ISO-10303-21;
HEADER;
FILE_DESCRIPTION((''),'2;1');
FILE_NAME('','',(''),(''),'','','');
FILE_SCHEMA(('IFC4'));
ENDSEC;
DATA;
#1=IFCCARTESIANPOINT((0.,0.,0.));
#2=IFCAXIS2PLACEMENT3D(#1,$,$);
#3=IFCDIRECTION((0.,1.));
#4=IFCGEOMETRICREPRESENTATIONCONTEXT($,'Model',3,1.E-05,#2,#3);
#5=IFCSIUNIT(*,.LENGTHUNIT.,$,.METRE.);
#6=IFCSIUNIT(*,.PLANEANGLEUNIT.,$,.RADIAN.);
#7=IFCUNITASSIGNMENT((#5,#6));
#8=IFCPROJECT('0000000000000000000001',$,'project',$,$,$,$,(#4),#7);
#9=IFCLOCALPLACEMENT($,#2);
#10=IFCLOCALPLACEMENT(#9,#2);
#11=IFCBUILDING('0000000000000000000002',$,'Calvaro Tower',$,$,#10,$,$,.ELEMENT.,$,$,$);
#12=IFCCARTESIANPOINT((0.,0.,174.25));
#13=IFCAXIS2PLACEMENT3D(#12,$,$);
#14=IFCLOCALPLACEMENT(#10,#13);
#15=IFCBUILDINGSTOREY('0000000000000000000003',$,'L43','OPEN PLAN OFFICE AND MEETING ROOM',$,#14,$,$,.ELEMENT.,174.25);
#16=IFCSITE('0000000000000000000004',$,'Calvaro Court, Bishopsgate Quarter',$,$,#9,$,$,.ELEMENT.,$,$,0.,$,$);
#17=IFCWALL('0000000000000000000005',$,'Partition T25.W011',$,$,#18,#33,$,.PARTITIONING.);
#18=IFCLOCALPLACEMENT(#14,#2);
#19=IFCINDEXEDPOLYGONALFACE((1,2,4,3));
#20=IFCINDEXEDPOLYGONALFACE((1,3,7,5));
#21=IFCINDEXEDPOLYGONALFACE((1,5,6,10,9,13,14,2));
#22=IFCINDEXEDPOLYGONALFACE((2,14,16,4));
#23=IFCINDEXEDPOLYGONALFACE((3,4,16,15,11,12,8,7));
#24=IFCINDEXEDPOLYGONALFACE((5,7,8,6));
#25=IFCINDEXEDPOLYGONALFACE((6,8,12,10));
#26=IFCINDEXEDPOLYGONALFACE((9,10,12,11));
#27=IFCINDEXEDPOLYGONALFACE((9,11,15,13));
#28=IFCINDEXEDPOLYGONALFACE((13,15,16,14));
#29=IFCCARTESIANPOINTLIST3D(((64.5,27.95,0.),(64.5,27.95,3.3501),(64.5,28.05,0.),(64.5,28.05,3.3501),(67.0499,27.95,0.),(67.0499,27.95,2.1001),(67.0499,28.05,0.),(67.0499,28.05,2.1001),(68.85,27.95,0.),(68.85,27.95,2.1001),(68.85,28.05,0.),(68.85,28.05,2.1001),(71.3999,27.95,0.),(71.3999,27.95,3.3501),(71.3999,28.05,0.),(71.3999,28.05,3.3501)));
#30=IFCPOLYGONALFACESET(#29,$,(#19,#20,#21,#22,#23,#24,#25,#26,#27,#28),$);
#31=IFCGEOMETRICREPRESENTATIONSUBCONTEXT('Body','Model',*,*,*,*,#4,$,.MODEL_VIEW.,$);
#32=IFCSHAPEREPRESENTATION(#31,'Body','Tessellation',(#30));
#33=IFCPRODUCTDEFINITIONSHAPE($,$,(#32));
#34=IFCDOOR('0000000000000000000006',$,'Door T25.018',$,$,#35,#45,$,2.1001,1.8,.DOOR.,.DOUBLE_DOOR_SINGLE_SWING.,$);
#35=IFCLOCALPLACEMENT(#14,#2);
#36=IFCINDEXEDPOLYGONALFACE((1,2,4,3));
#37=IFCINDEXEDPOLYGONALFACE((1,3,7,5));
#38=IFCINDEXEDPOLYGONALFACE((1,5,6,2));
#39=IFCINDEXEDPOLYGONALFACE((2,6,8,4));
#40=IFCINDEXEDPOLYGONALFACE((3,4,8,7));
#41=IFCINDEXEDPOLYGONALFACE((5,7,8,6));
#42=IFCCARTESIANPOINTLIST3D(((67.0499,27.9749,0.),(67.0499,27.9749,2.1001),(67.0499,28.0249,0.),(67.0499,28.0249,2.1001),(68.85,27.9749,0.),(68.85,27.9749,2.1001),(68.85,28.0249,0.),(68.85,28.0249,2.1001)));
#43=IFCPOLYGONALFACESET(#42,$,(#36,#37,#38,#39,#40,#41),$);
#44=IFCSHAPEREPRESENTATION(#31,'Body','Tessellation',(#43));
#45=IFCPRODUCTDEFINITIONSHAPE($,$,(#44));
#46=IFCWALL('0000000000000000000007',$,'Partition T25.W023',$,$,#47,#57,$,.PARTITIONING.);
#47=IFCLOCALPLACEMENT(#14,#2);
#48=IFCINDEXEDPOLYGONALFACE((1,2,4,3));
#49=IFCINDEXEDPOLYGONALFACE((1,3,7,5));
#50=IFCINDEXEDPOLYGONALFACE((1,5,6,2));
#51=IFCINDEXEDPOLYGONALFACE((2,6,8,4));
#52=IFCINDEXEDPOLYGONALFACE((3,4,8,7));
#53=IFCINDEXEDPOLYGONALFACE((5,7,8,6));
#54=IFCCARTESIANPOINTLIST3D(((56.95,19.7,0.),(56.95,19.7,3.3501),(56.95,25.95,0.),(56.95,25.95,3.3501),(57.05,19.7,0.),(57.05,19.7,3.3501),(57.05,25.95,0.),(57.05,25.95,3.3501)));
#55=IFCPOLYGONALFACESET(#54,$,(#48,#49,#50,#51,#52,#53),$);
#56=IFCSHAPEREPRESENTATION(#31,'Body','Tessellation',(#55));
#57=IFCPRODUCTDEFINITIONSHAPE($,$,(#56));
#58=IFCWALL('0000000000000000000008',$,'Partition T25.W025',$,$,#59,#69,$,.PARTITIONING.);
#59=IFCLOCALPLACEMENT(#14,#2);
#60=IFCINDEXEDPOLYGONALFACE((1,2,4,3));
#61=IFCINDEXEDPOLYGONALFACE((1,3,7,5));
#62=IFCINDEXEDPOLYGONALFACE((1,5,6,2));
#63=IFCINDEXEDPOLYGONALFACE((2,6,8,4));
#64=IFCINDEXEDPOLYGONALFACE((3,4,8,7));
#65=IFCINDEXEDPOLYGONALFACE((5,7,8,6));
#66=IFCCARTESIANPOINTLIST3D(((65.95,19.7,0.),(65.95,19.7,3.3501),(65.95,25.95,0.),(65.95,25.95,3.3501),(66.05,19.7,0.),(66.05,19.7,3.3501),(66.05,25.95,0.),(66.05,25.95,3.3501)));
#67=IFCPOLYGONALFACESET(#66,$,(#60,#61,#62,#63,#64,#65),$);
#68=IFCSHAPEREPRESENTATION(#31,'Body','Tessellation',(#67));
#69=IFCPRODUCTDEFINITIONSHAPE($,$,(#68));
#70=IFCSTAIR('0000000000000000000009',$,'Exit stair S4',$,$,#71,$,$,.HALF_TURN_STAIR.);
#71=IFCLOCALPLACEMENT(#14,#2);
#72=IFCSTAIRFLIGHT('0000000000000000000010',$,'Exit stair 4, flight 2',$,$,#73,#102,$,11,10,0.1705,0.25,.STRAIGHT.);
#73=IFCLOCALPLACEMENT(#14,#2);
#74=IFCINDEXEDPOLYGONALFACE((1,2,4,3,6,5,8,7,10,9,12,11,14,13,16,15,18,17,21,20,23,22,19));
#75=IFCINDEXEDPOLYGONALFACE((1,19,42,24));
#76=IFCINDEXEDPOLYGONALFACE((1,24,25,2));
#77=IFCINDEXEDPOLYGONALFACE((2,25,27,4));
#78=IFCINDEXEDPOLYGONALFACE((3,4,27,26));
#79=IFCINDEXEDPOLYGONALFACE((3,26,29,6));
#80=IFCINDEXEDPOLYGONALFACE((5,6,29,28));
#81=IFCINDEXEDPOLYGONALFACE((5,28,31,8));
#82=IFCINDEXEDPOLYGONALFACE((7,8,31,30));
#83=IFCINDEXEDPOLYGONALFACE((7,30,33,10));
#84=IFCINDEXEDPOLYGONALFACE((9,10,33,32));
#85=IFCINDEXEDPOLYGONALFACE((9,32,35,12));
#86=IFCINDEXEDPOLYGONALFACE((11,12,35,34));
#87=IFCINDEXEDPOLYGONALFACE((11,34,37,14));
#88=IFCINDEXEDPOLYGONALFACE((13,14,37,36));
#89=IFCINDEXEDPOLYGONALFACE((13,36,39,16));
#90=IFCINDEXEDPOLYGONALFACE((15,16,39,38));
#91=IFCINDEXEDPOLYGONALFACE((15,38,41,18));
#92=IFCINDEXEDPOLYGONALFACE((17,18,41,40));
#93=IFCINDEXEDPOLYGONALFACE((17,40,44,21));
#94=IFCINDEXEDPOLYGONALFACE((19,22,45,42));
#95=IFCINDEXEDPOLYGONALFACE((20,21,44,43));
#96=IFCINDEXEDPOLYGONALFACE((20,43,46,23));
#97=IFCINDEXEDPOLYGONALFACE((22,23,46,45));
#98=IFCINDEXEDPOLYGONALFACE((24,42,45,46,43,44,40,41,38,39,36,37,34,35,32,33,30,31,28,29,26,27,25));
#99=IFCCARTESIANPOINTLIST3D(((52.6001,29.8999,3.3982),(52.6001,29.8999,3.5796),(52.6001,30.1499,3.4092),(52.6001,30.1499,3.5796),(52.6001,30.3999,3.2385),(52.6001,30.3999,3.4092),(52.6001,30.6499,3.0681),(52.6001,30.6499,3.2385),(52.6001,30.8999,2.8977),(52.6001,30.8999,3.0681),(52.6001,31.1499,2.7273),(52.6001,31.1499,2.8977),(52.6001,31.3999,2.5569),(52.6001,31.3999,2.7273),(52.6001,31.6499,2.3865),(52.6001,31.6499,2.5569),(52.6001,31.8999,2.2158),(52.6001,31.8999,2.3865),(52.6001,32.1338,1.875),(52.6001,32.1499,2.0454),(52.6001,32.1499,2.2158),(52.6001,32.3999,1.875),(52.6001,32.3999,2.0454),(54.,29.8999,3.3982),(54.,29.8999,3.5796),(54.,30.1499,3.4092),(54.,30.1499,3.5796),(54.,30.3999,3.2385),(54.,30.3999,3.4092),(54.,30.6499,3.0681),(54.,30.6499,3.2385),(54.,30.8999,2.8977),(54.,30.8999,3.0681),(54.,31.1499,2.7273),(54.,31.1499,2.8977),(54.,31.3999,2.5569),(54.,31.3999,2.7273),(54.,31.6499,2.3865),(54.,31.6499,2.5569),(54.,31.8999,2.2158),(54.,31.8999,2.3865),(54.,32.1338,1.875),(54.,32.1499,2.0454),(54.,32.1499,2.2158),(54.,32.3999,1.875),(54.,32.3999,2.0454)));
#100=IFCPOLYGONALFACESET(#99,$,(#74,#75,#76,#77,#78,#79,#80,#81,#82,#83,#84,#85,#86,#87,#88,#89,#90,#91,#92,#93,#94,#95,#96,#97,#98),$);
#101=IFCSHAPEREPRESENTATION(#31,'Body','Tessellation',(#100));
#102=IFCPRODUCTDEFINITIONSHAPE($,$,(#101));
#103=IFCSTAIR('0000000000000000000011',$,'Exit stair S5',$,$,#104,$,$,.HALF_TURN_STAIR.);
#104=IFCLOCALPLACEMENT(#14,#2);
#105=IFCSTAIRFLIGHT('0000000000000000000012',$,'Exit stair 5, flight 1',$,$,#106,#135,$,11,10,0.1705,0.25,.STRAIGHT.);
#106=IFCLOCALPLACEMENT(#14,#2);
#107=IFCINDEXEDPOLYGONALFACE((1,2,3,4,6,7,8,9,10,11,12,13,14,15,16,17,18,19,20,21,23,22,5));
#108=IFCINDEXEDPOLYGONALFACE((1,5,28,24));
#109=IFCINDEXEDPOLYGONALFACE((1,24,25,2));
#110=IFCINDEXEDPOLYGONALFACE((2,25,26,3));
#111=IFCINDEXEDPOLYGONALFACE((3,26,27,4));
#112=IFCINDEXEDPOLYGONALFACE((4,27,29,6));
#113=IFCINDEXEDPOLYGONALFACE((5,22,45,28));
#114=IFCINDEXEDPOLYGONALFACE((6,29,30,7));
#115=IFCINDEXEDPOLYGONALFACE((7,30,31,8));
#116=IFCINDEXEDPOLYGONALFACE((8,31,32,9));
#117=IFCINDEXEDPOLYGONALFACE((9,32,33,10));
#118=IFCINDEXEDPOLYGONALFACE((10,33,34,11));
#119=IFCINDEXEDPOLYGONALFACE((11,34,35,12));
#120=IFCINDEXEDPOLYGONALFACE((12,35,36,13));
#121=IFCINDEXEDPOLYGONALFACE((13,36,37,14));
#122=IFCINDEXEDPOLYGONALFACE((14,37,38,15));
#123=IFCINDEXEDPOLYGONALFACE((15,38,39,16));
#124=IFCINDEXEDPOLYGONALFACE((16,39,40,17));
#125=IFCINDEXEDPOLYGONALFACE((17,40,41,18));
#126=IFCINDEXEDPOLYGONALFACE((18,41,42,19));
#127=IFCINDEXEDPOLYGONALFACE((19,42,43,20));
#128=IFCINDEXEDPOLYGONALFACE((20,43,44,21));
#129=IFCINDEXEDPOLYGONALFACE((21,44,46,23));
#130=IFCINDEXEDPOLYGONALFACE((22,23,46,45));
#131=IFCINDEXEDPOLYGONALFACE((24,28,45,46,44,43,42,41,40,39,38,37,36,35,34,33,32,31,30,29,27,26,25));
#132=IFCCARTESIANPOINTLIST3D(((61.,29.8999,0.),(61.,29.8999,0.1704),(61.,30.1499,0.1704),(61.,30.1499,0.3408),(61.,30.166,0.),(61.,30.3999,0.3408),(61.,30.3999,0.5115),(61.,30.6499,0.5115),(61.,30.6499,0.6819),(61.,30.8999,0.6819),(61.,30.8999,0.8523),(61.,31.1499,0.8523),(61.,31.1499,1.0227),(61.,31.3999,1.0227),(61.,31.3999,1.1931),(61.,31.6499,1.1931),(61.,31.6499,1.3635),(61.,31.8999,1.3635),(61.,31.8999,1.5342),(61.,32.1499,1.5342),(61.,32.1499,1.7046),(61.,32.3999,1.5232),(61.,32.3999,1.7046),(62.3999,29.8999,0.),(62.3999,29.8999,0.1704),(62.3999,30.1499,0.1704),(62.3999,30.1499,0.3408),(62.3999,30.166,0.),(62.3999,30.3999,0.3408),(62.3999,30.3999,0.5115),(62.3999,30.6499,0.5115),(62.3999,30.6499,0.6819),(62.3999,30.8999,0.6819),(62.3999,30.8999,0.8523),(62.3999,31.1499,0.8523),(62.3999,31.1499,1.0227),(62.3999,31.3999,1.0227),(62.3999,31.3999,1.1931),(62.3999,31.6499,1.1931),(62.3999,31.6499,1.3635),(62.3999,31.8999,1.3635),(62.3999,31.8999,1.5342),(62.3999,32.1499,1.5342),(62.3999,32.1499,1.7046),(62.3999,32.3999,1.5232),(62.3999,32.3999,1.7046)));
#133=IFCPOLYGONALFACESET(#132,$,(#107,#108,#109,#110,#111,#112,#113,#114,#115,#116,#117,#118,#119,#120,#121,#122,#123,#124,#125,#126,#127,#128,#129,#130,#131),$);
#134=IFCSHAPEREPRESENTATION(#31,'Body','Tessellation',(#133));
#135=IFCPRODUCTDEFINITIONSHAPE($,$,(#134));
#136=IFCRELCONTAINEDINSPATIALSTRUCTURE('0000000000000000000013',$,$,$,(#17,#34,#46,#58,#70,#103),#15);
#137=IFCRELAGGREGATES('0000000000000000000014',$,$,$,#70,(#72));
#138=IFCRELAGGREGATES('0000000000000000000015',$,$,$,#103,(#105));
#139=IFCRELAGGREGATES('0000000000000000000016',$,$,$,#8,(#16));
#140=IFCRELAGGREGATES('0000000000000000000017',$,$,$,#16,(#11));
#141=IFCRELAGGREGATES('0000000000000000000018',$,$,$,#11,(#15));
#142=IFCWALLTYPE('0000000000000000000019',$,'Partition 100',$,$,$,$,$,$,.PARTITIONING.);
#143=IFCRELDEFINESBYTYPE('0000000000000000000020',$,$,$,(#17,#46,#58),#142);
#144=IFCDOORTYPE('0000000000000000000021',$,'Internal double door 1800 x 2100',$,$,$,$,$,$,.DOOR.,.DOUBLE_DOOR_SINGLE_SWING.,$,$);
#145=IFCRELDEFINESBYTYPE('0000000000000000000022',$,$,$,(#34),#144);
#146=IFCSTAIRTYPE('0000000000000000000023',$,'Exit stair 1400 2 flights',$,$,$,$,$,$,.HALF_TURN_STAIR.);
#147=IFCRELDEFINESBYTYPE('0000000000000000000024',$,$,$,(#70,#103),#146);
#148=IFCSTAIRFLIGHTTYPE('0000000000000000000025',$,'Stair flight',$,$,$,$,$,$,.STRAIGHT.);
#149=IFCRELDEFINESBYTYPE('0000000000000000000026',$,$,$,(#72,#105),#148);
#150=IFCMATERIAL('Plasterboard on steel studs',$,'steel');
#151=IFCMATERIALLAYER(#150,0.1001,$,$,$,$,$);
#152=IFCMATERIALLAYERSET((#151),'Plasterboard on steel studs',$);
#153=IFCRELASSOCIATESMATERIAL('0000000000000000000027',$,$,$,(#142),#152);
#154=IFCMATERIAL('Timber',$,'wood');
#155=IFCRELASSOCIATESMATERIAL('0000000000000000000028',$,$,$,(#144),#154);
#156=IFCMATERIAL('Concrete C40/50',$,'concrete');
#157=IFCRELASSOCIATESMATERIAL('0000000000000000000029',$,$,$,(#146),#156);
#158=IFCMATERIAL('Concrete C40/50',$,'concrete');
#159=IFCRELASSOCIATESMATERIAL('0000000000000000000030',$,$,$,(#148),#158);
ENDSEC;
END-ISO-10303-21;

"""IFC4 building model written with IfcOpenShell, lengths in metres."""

from ifc_helpers import new_model, si_unit, direction, frame, frame_2d, origin, place, context, subcontext, project, spatial, polyline, rectangle, outline, extrude, material, layer, layer_set, type_object, element, fill, aggregate, save


model = new_model("IFC4")

# Units and contexts
model_context = context("Model", 3, precision=1e-05, world=origin(), true_north=direction((0.0, 1.0)))
body_context = subcontext(model_context, "Body", "Model", "MODEL_VIEW")
ifc_project = project(units=[si_unit("LENGTHUNIT", "METRE"), si_unit("PLANEANGLEUNIT", "RADIAN")], contexts=[model_context])

# Site, building, storey
site_placement = place(None, origin())
site = spatial("IfcSite", under=ifc_project, at=site_placement, Name="Calvaro Court, Bishopsgate Quarter", CompositionType="ELEMENT", RefElevation=0.0)
building_placement = place(site_placement, origin())
building = spatial("IfcBuilding", under=site, at=building_placement, Name="Calvaro Tower", CompositionType="ELEMENT")
storey_placement = place(building_placement, frame((0.0, 0.0, 174.25)))
storey = spatial("IfcBuildingStorey", under=building, at=storey_placement, Name="L43", Description="OPEN PLAN OFFICE AND MEETING ROOM", CompositionType="ELEMENT", Elevation=174.25)

# Wall, opening, door
ifc_material_1 = material(Name="Plasterboard on steel studs", Category="steel")
ifc_layer_1 = layer(ifc_material_1, 0.1001)
ifc_layer_set_1 = layer_set([ifc_layer_1], Name="Plasterboard on steel studs")
wall_type_1 = type_object("IfcWallType", Name="Partition 100", PredefinedType="PARTITIONING", material=ifc_layer_set_1)
wall_1_placement = place(storey_placement, frame((64.5, 28.0, 0.0), z_axis=(0.0, 0.0, 1.0), x_axis=(1.0, 0.0, 0.0)))
wall_1 = element("IfcWall", 1, at=wall_1_placement, inside=storey, type_object=wall_type_1, Name="Partition T25.W011", PredefinedType="PARTITIONING", context=body_context, shape_type="SweptSolid", body=[
    extrude(rectangle(XDim=6.8999, YDim=0.1001, at=frame_2d((3.45, 0.0))), origin(), (0.0, 0.0, 1.0), 3.3501),
])
opening_1_placement = place(wall_1_placement, frame((2.55, 0.0, 0.0)))
opening_1 = element("IfcOpeningElement", 2, at=opening_1_placement, cuts=wall_1, PredefinedType="OPENING", context=body_context, shape_type="SweptSolid", body=[
    extrude(rectangle(XDim=1.8, YDim=2.1001, at=frame_2d((0.8999, 1.05))), frame((0.0, 0.0601, 0.0), z_axis=(0.0, -1.0, 0.0), x_axis=(1.0, 0.0, 0.0)), (0.0, 0.0, 1.0), 0.1201),
])
ifc_material_2 = material(Name="Timber", Category="wood")
door_type_1 = type_object("IfcDoorType", Name="Internal double door 1800 x 2100", OperationType="DOUBLE_DOOR_SINGLE_SWING", PredefinedType="DOOR", material=ifc_material_2)
door_1_placement = place(opening_1_placement, origin())
door_1 = element("IfcDoor", 3, at=door_1_placement, inside=storey, type_object=door_type_1, Name="Door T25.018", OperationType="DOUBLE_DOOR_SINGLE_SWING", OverallHeight=2.1001, OverallWidth=1.8, PredefinedType="DOOR", context=body_context, shape_type="SweptSolid", body=[
    extrude(rectangle(XDim=1.8, YDim=2.1001, at=frame_2d((0.8999, 1.05))), frame((0.0, 0.0249, 0.0), z_axis=(0.0, -1.0, 0.0), x_axis=(1.0, 0.0, 0.0)), (0.0, 0.0, 1.0), 0.05),
])
fill(opening_1, door_1)

# Walls
for number, where, z_axis, x_axis, name in (
    (4, (57.0, 19.7, 0.0), (0.0, 0.0, 1.0), (0.0, 1.0, 0.0), "Partition T25.W023"),
    (5, (66.0, 19.7, 0.0), (0.0, 0.0, 1.0), (0.0, 1.0, 0.0), "Partition T25.W025"),
):
    element("IfcWall", number, at=place(storey_placement, frame(where, z_axis=z_axis, x_axis=x_axis)), inside=storey, type_object=wall_type_1, Name=name, PredefinedType="PARTITIONING", context=body_context, shape_type="SweptSolid", body=[
        extrude(rectangle(XDim=6.25, YDim=0.1001, at=frame_2d((3.125, 0.0))), origin(), (0.0, 0.0, 1.0), 3.3501),
    ])

# Stairs, stair flights
ifc_material_3 = material(Name="Concrete C40/50", Category="concrete")
stair_type = type_object("IfcStairType", Name="Exit stair 1400 2 flights", PredefinedType="HALF_TURN_STAIR", material=ifc_material_3)
stair_1_placement = place(storey_placement, origin())
stair_1 = element("IfcStair", 6, at=stair_1_placement, inside=storey, type_object=stair_type, Name="Exit stair S4", PredefinedType="HALF_TURN_STAIR")
ifc_material_4 = material(Name="Concrete C40/50", Category="concrete")
stair_flight_type = type_object("IfcStairFlightType", Name="Stair flight", PredefinedType="STRAIGHT", material=ifc_material_4)
stair_flight_1_placement = place(storey_placement, frame((53.3, 32.3999, 1.875), z_axis=(0.0, 0.0, 1.0), x_axis=(0.0, -1.0, 0.0)))
stair_flight_1 = element("IfcStairFlight", 7, at=stair_flight_1_placement, type_object=stair_flight_type, Name="Exit stair 4, flight 2", NumberOfRisers=11, NumberOfTreads=10, PredefinedType="STRAIGHT", RiserHeight=0.1705, TreadLength=0.25, context=body_context, shape_type="SweptSolid", body=[
    extrude(outline(polyline([(0.0, 0.0), (0.0, 0.1704), (0.25, 0.1704), (0.25, 0.3408), (0.5, 0.3408), (0.5, 0.5115), (0.75, 0.5115), (0.75, 0.6819), (1.0, 0.6819), (1.0, 0.8523), (1.25, 0.8523), (1.25, 1.0227), (1.5, 1.0227), (1.5, 1.1931), (1.75, 1.1931), (1.75, 1.3635), (2.0, 1.3635), (2.0, 1.5342), (2.25, 1.5342), (2.25, 1.7046), (2.5, 1.7046), (2.5, 1.875), (2.5, 1.5232), (0.2661, 0.0), (0.0, 0.0)])), frame((0.0, 0.7, 0.0), z_axis=(0.0, -1.0, 0.0), x_axis=(1.0, 0.0, 0.0)), (0.0, 0.0, 1.0), 1.3999),
])
stair_2_placement = place(storey_placement, origin())
stair_2 = element("IfcStair", 8, at=stair_2_placement, inside=storey, type_object=stair_type, Name="Exit stair S5", PredefinedType="HALF_TURN_STAIR")
stair_flight_2_placement = place(storey_placement, frame((61.7, 29.8999, 0.0), z_axis=(0.0, 0.0, 1.0), x_axis=(0.0, 1.0, 0.0)))
stair_flight_2 = element("IfcStairFlight", 9, at=stair_flight_2_placement, type_object=stair_flight_type, Name="Exit stair 5, flight 1", NumberOfRisers=11, NumberOfTreads=10, PredefinedType="STRAIGHT", RiserHeight=0.1705, TreadLength=0.25, context=body_context, shape_type="SweptSolid", body=[
    extrude(outline(polyline([(0.0, 0.0), (0.0, 0.1704), (0.25, 0.1704), (0.25, 0.3408), (0.5, 0.3408), (0.5, 0.5115), (0.75, 0.5115), (0.75, 0.6819), (1.0, 0.6819), (1.0, 0.8523), (1.25, 0.8523), (1.25, 1.0227), (1.5, 1.0227), (1.5, 1.1931), (1.75, 1.1931), (1.75, 1.3635), (2.0, 1.3635), (2.0, 1.5342), (2.25, 1.5342), (2.25, 1.7046), (2.5, 1.7046), (2.5, 1.875), (2.5, 1.5232), (0.2661, 0.0), (0.0, 0.0)])), frame((0.0, 0.7, 0.0), z_axis=(0.0, -1.0, 0.0), x_axis=(1.0, 0.0, 0.0)), (0.0, 0.0, 1.0), 1.3999),
])

aggregate(stair_1, [stair_flight_1])
aggregate(stair_2, [stair_flight_2])

save(model, "model.ifc")
